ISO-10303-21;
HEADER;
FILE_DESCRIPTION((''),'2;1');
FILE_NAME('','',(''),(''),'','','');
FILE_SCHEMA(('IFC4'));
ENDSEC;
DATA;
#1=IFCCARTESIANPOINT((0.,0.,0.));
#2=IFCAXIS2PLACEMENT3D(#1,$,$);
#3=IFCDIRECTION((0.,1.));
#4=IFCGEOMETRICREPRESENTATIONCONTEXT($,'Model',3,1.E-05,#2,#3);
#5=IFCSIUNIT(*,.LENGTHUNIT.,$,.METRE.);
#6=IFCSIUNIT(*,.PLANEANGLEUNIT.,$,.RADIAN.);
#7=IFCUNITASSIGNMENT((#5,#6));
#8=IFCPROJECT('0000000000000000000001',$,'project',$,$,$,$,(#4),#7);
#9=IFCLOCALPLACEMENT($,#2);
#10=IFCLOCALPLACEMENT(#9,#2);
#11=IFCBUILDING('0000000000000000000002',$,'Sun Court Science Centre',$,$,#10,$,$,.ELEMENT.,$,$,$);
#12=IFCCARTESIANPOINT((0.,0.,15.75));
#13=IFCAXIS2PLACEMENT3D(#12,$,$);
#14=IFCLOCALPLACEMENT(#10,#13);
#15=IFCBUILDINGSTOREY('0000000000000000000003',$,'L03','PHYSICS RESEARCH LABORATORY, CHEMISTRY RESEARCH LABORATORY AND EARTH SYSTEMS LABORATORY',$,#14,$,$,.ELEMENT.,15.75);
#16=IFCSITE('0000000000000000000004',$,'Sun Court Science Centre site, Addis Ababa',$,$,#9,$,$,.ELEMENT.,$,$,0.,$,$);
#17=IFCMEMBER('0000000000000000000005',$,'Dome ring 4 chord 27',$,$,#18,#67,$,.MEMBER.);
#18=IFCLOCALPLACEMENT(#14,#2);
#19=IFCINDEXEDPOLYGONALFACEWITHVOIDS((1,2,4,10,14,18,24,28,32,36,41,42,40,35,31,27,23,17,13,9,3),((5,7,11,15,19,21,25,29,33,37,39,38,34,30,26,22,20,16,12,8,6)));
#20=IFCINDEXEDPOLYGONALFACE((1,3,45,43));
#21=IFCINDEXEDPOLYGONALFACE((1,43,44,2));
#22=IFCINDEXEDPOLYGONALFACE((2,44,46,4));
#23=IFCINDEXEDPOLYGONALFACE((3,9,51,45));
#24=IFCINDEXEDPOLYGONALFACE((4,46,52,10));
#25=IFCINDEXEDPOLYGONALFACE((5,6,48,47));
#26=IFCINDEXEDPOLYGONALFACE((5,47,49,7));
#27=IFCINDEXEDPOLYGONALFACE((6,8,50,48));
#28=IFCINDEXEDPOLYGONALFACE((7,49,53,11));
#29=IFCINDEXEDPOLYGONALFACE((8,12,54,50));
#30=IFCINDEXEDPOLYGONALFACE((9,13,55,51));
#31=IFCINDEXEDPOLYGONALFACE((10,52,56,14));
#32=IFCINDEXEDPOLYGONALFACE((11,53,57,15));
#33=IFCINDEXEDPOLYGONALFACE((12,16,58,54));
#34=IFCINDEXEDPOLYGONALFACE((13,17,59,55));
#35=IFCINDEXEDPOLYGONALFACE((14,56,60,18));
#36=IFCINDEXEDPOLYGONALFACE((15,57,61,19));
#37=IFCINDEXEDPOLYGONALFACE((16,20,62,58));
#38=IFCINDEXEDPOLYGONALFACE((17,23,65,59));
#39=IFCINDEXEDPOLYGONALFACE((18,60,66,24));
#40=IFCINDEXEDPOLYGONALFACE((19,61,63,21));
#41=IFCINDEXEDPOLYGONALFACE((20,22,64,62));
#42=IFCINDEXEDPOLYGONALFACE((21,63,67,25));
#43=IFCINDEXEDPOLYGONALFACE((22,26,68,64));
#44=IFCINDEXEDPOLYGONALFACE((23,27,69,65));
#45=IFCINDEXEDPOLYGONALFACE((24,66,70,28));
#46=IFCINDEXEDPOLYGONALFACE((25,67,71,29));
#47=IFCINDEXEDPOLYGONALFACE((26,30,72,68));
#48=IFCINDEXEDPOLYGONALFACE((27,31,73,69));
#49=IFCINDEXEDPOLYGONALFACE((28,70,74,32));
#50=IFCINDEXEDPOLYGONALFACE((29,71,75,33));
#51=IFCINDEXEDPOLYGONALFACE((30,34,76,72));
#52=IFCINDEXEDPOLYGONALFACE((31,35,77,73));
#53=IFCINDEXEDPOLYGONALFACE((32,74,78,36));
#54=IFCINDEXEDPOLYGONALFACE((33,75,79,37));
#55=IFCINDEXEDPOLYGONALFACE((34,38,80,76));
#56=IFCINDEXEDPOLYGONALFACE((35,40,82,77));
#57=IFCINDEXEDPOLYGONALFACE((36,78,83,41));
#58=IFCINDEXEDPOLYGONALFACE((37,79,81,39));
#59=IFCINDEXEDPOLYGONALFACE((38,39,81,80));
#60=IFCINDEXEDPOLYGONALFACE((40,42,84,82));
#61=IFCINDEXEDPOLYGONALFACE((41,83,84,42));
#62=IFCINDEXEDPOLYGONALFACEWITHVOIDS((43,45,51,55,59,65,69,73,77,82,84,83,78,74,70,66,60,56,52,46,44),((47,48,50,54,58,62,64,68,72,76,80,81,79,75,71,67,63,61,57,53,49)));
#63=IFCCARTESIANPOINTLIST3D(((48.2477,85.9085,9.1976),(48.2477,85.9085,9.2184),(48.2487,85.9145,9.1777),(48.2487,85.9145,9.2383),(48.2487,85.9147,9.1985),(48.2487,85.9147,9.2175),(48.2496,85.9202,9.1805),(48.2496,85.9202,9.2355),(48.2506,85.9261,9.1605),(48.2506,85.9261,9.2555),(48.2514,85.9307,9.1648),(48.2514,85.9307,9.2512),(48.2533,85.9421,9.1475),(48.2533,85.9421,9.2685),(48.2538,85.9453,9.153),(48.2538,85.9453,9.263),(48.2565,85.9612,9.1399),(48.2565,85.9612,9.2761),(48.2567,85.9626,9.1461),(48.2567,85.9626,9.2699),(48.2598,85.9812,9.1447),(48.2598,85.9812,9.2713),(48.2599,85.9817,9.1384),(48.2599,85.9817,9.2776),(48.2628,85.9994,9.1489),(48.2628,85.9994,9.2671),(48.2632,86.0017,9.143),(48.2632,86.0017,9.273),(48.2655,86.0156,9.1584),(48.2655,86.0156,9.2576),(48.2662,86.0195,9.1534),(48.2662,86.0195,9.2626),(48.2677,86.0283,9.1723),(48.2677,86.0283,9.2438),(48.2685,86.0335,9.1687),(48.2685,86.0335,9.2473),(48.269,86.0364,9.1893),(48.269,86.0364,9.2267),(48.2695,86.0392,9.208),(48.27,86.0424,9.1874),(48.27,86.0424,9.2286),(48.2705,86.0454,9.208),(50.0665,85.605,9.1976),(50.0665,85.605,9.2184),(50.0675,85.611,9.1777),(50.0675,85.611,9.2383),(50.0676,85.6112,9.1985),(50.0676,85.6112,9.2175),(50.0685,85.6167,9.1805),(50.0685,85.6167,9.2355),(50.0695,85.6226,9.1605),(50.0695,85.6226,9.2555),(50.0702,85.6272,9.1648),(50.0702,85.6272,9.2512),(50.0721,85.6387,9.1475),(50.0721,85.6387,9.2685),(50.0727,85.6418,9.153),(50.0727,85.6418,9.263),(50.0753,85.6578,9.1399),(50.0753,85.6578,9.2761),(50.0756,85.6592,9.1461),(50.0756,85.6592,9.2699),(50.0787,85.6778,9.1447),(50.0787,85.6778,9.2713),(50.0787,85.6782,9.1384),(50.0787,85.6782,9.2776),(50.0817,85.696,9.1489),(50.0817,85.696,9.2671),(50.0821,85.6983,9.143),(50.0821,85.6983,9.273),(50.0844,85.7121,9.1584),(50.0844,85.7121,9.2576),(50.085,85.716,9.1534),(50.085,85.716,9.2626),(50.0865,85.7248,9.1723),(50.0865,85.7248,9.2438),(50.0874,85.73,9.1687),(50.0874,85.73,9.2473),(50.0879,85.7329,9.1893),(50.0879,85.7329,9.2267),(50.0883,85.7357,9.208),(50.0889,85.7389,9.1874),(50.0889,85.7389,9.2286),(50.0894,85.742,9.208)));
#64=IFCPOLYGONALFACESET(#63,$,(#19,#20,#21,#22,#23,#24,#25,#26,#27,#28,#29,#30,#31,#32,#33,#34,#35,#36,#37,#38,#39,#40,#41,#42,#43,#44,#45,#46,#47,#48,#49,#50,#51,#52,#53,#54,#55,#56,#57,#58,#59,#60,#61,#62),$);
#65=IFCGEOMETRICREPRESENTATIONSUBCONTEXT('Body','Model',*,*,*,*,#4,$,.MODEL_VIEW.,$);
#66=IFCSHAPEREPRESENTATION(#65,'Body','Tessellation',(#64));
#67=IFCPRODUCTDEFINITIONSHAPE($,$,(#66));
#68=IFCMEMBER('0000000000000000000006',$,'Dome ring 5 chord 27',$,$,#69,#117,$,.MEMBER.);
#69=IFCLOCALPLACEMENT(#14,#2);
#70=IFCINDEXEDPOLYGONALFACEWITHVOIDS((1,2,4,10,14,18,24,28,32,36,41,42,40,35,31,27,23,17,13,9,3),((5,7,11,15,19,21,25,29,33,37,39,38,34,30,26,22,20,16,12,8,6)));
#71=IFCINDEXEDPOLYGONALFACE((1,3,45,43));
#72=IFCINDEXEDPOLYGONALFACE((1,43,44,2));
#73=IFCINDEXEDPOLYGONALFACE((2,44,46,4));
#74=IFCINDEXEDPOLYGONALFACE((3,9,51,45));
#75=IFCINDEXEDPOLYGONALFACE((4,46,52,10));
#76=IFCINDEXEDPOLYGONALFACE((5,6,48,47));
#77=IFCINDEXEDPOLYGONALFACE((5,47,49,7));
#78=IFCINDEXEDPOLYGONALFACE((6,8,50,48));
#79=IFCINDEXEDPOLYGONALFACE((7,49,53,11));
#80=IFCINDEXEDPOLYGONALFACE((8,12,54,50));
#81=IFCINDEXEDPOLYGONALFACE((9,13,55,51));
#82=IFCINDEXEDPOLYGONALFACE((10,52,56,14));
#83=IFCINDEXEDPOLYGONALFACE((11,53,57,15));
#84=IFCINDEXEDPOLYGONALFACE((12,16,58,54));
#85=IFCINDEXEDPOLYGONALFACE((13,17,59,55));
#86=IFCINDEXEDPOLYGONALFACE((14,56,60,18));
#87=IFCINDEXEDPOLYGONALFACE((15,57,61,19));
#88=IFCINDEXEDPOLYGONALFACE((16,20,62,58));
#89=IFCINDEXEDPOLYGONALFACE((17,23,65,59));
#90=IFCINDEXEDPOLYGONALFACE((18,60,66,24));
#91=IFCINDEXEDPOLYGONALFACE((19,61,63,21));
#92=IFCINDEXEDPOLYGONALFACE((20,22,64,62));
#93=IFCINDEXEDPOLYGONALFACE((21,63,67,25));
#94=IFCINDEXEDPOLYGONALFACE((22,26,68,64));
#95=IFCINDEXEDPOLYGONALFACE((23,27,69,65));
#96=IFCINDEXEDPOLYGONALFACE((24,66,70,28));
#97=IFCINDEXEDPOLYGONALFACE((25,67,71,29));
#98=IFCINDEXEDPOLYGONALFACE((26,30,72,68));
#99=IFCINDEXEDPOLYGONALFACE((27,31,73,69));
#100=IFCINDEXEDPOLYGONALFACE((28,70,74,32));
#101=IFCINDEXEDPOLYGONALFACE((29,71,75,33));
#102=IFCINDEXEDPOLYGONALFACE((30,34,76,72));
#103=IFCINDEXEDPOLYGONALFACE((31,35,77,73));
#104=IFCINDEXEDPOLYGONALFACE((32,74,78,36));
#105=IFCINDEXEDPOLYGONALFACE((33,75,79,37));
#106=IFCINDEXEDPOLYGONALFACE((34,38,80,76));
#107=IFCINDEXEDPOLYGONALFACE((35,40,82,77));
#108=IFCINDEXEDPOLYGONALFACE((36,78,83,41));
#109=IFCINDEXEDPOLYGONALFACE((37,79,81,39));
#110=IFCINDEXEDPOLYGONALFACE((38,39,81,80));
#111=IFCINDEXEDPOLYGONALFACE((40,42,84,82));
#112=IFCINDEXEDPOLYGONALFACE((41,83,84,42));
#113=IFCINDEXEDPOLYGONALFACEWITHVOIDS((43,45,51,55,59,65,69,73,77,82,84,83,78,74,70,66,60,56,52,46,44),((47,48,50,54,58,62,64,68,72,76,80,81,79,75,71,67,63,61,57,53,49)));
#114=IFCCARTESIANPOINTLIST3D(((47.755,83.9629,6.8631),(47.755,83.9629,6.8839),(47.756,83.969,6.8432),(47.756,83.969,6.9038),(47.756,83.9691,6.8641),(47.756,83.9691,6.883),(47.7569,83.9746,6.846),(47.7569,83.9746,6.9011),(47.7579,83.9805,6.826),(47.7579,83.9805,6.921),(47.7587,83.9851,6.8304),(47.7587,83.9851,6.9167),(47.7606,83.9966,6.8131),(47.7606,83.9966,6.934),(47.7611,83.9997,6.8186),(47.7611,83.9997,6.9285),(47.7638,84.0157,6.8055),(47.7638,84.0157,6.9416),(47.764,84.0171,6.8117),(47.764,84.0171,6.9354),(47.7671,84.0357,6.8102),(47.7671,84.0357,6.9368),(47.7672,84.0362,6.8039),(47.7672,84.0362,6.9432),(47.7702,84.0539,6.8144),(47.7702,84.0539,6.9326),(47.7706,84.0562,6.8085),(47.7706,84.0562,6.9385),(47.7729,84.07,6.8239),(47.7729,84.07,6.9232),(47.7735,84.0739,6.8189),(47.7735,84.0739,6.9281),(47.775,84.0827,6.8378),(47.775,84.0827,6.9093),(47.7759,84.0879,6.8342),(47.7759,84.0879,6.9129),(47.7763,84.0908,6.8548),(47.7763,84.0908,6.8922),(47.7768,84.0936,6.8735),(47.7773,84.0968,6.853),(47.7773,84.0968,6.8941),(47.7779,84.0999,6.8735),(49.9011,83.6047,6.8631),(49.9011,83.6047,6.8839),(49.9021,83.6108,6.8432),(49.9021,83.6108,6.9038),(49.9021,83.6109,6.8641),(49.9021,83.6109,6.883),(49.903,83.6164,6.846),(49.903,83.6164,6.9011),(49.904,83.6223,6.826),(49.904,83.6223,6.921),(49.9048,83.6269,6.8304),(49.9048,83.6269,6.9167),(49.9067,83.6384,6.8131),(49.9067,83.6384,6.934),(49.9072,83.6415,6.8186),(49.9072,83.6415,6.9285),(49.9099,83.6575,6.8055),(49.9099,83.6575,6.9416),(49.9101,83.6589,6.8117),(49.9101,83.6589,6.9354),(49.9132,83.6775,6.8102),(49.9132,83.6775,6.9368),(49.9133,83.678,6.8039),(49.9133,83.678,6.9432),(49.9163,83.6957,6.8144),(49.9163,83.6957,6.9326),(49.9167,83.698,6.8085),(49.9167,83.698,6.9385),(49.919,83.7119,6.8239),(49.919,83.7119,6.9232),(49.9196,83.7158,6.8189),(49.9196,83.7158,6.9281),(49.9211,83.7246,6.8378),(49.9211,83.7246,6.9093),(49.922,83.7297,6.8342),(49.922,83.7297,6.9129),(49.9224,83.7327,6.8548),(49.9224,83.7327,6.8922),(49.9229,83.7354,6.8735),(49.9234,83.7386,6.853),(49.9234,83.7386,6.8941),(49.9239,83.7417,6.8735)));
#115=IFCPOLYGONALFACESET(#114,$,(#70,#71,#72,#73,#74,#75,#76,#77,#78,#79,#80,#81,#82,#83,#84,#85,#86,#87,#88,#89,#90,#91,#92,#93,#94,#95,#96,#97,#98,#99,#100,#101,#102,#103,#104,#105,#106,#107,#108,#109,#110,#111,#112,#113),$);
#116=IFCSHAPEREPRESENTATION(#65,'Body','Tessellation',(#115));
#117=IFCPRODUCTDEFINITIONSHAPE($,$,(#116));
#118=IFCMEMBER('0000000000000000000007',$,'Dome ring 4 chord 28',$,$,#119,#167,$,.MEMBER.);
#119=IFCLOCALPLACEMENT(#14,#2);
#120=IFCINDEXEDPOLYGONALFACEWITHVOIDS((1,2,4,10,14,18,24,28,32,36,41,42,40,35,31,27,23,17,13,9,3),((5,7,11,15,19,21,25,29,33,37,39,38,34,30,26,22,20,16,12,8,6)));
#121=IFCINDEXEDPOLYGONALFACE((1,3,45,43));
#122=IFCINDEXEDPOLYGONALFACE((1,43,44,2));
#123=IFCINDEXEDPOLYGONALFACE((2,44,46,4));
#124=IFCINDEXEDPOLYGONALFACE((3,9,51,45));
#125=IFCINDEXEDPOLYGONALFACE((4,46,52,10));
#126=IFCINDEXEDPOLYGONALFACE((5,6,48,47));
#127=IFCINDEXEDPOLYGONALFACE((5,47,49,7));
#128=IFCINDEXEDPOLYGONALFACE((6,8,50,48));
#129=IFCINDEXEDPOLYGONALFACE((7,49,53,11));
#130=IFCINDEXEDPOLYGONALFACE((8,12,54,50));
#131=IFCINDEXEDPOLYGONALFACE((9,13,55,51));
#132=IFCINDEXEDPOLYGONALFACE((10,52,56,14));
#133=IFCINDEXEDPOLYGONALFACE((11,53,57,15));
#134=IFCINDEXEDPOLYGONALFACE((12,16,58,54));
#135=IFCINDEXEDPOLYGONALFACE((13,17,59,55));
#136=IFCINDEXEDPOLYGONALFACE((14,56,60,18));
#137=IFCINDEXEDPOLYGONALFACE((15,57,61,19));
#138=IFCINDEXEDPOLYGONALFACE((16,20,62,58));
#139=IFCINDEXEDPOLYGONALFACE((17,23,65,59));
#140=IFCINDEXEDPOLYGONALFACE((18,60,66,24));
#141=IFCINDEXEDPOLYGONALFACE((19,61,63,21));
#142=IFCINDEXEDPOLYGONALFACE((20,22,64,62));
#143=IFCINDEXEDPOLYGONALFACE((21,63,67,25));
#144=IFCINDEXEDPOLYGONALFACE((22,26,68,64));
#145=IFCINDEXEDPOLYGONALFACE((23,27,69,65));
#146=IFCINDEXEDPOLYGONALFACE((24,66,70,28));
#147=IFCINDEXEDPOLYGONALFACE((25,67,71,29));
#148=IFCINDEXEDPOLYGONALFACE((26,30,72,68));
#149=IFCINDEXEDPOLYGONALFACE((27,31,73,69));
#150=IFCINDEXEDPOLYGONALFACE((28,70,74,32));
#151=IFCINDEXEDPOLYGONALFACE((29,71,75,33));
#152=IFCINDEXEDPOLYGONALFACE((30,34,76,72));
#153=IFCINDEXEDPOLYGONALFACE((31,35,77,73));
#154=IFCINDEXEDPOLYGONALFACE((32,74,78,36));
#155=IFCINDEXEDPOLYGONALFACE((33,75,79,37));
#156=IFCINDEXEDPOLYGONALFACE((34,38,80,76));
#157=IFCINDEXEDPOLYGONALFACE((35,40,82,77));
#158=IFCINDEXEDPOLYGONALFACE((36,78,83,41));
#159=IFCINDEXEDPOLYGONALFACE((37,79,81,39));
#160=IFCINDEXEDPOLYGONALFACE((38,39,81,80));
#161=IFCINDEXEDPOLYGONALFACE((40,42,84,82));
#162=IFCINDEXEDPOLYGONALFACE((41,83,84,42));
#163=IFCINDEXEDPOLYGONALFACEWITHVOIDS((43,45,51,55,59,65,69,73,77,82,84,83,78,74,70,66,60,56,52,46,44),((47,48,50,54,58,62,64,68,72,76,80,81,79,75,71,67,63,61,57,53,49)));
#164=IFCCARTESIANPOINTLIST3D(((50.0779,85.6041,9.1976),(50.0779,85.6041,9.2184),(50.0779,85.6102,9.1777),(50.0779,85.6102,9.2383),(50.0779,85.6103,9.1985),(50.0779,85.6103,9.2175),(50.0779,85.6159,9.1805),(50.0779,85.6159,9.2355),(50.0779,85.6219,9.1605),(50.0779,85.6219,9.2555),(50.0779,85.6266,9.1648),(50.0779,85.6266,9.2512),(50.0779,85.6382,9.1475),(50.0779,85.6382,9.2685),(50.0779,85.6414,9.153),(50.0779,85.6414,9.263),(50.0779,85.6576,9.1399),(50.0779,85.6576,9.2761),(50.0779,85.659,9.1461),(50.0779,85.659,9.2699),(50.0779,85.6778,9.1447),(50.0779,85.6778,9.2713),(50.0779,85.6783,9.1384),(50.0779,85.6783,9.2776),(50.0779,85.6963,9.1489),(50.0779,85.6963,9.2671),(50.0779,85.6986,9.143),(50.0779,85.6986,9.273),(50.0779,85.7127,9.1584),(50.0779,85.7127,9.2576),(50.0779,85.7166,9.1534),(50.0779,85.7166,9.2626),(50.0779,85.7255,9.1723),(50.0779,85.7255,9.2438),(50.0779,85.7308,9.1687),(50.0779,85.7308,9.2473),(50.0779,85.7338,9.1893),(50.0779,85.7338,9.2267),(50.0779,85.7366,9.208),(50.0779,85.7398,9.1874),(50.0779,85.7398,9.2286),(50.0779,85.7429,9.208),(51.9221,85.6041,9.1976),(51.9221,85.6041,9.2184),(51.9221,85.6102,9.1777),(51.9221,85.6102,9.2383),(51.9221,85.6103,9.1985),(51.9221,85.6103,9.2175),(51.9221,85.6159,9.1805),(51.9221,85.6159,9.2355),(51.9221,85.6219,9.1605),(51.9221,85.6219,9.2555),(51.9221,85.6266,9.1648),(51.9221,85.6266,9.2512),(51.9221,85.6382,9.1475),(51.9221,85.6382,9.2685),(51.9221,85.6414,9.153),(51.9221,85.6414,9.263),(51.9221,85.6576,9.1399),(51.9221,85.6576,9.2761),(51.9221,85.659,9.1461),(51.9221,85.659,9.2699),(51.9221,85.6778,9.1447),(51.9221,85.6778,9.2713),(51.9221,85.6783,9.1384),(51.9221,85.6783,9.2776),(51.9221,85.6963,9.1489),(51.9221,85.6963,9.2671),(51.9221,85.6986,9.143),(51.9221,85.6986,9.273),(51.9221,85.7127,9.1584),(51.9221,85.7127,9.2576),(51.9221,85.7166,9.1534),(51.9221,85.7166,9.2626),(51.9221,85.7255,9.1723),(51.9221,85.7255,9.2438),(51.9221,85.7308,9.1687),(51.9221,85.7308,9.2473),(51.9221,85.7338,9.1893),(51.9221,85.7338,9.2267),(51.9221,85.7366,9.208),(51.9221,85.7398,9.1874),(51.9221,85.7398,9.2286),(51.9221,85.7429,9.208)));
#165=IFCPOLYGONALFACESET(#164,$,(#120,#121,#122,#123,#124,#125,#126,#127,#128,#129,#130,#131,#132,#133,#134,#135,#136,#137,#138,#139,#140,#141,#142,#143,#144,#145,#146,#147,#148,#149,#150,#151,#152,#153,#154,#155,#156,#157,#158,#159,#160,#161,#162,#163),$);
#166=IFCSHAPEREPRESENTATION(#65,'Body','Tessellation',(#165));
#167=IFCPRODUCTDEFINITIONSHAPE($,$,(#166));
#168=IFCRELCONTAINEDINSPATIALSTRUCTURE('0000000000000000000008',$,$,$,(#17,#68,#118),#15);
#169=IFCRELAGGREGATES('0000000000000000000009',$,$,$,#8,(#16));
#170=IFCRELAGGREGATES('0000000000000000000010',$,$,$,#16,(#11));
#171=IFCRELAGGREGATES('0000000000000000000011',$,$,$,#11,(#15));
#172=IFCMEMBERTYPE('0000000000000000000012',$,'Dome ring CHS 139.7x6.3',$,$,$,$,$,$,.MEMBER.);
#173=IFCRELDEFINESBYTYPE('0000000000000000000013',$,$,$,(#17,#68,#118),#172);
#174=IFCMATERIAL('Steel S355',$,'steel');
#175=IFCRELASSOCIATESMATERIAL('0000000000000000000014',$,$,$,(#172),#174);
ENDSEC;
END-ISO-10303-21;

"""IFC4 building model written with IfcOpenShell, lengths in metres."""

from ifc_helpers import new_model, si_unit, direction, frame, origin, origin_2d, place, context, subcontext, project, spatial, hollow_circle, extrude, material, material_profile, profile_set, type_object, element, save


model = new_model("IFC4")

# Units and contexts
model_context = context("Model", 3, precision=1e-05, world=origin(), true_north=direction((0.0, 1.0)))
body_context = subcontext(model_context, "Body", "Model", "MODEL_VIEW")
ifc_project = project(units=[si_unit("LENGTHUNIT", "METRE"), si_unit("PLANEANGLEUNIT", "RADIAN")], contexts=[model_context])

# Site, building, storey
site_placement = place(None, origin())
site = spatial("IfcSite", under=ifc_project, at=site_placement, Name="Sun Court Science Centre site, Addis Ababa", CompositionType="ELEMENT", RefElevation=0.0)
building_placement = place(site_placement, origin())
building = spatial("IfcBuilding", under=site, at=building_placement, Name="Sun Court Science Centre", CompositionType="ELEMENT")
storey_placement = place(building_placement, frame((0.0, 0.0, 15.75)))
storey = spatial("IfcBuildingStorey", under=building, at=storey_placement, Name="L03", Description="PHYSICS RESEARCH LABORATORY, CHEMISTRY RESEARCH LABORATORY AND EARTH SYSTEMS LABORATORY", CompositionType="ELEMENT", Elevation=15.75)

# Members
ifc_material_1 = material(Name="Steel S355", Category="steel")
ifc_material_profile_1 = material_profile(ifc_material_1, hollow_circle(Radius=0.0698, WallThickness=0.0063, at=origin_2d()), Name="CHS 139.7x6.3")
ifc_profile_set_1 = profile_set([ifc_material_profile_1], Name="Steel S355")
member_type_1 = type_object("IfcMemberType", Name="Dome ring CHS 139.7x6.3", PredefinedType="MEMBER", material=ifc_profile_set_1)
member_1_placement = place(storey_placement, frame((48.259, 85.9766, 9.208), z_axis=(0.986365, -0.164571, 0.0), x_axis=(0.164571, 0.986365, 0.0)))
element("IfcMember", 1, at=member_1_placement, inside=storey, type_object=member_type_1, Name="Dome ring 4 chord 27", PredefinedType="MEMBER", context=body_context, shape_type="SweptSolid", body=[
    extrude(hollow_circle(Radius=0.0698, WallThickness=0.0063, at=origin_2d()), origin(), (0.0, 0.0, 1.0), 1.844),
])
member_2_placement = place(storey_placement, frame((47.7664, 84.031, 6.8735), z_axis=(0.986358, -0.164617, 0.0), x_axis=(0.164617, 0.986358, 0.0)))
element("IfcMember", 2, at=member_2_placement, inside=storey, type_object=member_type_1, Name="Dome ring 5 chord 27", PredefinedType="MEMBER", context=body_context, shape_type="SweptSolid", body=[
    extrude(hollow_circle(Radius=0.0698, WallThickness=0.0063, at=origin_2d()), origin(), (0.0, 0.0, 1.0), 2.1758),
])
member_3_placement = place(storey_placement, frame((50.0779, 85.6731, 9.208), z_axis=(1.0, 0.0, 0.0), x_axis=(0.0, 1.0, 0.0)))
element("IfcMember", 3, at=member_3_placement, inside=storey, type_object=member_type_1, Name="Dome ring 4 chord 28", PredefinedType="MEMBER", context=body_context, shape_type="SweptSolid", body=[
    extrude(hollow_circle(Radius=0.0698, WallThickness=0.0063, at=origin_2d()), origin(), (0.0, 0.0, 1.0), 1.8442),
])

save(model, "model.ifc")
